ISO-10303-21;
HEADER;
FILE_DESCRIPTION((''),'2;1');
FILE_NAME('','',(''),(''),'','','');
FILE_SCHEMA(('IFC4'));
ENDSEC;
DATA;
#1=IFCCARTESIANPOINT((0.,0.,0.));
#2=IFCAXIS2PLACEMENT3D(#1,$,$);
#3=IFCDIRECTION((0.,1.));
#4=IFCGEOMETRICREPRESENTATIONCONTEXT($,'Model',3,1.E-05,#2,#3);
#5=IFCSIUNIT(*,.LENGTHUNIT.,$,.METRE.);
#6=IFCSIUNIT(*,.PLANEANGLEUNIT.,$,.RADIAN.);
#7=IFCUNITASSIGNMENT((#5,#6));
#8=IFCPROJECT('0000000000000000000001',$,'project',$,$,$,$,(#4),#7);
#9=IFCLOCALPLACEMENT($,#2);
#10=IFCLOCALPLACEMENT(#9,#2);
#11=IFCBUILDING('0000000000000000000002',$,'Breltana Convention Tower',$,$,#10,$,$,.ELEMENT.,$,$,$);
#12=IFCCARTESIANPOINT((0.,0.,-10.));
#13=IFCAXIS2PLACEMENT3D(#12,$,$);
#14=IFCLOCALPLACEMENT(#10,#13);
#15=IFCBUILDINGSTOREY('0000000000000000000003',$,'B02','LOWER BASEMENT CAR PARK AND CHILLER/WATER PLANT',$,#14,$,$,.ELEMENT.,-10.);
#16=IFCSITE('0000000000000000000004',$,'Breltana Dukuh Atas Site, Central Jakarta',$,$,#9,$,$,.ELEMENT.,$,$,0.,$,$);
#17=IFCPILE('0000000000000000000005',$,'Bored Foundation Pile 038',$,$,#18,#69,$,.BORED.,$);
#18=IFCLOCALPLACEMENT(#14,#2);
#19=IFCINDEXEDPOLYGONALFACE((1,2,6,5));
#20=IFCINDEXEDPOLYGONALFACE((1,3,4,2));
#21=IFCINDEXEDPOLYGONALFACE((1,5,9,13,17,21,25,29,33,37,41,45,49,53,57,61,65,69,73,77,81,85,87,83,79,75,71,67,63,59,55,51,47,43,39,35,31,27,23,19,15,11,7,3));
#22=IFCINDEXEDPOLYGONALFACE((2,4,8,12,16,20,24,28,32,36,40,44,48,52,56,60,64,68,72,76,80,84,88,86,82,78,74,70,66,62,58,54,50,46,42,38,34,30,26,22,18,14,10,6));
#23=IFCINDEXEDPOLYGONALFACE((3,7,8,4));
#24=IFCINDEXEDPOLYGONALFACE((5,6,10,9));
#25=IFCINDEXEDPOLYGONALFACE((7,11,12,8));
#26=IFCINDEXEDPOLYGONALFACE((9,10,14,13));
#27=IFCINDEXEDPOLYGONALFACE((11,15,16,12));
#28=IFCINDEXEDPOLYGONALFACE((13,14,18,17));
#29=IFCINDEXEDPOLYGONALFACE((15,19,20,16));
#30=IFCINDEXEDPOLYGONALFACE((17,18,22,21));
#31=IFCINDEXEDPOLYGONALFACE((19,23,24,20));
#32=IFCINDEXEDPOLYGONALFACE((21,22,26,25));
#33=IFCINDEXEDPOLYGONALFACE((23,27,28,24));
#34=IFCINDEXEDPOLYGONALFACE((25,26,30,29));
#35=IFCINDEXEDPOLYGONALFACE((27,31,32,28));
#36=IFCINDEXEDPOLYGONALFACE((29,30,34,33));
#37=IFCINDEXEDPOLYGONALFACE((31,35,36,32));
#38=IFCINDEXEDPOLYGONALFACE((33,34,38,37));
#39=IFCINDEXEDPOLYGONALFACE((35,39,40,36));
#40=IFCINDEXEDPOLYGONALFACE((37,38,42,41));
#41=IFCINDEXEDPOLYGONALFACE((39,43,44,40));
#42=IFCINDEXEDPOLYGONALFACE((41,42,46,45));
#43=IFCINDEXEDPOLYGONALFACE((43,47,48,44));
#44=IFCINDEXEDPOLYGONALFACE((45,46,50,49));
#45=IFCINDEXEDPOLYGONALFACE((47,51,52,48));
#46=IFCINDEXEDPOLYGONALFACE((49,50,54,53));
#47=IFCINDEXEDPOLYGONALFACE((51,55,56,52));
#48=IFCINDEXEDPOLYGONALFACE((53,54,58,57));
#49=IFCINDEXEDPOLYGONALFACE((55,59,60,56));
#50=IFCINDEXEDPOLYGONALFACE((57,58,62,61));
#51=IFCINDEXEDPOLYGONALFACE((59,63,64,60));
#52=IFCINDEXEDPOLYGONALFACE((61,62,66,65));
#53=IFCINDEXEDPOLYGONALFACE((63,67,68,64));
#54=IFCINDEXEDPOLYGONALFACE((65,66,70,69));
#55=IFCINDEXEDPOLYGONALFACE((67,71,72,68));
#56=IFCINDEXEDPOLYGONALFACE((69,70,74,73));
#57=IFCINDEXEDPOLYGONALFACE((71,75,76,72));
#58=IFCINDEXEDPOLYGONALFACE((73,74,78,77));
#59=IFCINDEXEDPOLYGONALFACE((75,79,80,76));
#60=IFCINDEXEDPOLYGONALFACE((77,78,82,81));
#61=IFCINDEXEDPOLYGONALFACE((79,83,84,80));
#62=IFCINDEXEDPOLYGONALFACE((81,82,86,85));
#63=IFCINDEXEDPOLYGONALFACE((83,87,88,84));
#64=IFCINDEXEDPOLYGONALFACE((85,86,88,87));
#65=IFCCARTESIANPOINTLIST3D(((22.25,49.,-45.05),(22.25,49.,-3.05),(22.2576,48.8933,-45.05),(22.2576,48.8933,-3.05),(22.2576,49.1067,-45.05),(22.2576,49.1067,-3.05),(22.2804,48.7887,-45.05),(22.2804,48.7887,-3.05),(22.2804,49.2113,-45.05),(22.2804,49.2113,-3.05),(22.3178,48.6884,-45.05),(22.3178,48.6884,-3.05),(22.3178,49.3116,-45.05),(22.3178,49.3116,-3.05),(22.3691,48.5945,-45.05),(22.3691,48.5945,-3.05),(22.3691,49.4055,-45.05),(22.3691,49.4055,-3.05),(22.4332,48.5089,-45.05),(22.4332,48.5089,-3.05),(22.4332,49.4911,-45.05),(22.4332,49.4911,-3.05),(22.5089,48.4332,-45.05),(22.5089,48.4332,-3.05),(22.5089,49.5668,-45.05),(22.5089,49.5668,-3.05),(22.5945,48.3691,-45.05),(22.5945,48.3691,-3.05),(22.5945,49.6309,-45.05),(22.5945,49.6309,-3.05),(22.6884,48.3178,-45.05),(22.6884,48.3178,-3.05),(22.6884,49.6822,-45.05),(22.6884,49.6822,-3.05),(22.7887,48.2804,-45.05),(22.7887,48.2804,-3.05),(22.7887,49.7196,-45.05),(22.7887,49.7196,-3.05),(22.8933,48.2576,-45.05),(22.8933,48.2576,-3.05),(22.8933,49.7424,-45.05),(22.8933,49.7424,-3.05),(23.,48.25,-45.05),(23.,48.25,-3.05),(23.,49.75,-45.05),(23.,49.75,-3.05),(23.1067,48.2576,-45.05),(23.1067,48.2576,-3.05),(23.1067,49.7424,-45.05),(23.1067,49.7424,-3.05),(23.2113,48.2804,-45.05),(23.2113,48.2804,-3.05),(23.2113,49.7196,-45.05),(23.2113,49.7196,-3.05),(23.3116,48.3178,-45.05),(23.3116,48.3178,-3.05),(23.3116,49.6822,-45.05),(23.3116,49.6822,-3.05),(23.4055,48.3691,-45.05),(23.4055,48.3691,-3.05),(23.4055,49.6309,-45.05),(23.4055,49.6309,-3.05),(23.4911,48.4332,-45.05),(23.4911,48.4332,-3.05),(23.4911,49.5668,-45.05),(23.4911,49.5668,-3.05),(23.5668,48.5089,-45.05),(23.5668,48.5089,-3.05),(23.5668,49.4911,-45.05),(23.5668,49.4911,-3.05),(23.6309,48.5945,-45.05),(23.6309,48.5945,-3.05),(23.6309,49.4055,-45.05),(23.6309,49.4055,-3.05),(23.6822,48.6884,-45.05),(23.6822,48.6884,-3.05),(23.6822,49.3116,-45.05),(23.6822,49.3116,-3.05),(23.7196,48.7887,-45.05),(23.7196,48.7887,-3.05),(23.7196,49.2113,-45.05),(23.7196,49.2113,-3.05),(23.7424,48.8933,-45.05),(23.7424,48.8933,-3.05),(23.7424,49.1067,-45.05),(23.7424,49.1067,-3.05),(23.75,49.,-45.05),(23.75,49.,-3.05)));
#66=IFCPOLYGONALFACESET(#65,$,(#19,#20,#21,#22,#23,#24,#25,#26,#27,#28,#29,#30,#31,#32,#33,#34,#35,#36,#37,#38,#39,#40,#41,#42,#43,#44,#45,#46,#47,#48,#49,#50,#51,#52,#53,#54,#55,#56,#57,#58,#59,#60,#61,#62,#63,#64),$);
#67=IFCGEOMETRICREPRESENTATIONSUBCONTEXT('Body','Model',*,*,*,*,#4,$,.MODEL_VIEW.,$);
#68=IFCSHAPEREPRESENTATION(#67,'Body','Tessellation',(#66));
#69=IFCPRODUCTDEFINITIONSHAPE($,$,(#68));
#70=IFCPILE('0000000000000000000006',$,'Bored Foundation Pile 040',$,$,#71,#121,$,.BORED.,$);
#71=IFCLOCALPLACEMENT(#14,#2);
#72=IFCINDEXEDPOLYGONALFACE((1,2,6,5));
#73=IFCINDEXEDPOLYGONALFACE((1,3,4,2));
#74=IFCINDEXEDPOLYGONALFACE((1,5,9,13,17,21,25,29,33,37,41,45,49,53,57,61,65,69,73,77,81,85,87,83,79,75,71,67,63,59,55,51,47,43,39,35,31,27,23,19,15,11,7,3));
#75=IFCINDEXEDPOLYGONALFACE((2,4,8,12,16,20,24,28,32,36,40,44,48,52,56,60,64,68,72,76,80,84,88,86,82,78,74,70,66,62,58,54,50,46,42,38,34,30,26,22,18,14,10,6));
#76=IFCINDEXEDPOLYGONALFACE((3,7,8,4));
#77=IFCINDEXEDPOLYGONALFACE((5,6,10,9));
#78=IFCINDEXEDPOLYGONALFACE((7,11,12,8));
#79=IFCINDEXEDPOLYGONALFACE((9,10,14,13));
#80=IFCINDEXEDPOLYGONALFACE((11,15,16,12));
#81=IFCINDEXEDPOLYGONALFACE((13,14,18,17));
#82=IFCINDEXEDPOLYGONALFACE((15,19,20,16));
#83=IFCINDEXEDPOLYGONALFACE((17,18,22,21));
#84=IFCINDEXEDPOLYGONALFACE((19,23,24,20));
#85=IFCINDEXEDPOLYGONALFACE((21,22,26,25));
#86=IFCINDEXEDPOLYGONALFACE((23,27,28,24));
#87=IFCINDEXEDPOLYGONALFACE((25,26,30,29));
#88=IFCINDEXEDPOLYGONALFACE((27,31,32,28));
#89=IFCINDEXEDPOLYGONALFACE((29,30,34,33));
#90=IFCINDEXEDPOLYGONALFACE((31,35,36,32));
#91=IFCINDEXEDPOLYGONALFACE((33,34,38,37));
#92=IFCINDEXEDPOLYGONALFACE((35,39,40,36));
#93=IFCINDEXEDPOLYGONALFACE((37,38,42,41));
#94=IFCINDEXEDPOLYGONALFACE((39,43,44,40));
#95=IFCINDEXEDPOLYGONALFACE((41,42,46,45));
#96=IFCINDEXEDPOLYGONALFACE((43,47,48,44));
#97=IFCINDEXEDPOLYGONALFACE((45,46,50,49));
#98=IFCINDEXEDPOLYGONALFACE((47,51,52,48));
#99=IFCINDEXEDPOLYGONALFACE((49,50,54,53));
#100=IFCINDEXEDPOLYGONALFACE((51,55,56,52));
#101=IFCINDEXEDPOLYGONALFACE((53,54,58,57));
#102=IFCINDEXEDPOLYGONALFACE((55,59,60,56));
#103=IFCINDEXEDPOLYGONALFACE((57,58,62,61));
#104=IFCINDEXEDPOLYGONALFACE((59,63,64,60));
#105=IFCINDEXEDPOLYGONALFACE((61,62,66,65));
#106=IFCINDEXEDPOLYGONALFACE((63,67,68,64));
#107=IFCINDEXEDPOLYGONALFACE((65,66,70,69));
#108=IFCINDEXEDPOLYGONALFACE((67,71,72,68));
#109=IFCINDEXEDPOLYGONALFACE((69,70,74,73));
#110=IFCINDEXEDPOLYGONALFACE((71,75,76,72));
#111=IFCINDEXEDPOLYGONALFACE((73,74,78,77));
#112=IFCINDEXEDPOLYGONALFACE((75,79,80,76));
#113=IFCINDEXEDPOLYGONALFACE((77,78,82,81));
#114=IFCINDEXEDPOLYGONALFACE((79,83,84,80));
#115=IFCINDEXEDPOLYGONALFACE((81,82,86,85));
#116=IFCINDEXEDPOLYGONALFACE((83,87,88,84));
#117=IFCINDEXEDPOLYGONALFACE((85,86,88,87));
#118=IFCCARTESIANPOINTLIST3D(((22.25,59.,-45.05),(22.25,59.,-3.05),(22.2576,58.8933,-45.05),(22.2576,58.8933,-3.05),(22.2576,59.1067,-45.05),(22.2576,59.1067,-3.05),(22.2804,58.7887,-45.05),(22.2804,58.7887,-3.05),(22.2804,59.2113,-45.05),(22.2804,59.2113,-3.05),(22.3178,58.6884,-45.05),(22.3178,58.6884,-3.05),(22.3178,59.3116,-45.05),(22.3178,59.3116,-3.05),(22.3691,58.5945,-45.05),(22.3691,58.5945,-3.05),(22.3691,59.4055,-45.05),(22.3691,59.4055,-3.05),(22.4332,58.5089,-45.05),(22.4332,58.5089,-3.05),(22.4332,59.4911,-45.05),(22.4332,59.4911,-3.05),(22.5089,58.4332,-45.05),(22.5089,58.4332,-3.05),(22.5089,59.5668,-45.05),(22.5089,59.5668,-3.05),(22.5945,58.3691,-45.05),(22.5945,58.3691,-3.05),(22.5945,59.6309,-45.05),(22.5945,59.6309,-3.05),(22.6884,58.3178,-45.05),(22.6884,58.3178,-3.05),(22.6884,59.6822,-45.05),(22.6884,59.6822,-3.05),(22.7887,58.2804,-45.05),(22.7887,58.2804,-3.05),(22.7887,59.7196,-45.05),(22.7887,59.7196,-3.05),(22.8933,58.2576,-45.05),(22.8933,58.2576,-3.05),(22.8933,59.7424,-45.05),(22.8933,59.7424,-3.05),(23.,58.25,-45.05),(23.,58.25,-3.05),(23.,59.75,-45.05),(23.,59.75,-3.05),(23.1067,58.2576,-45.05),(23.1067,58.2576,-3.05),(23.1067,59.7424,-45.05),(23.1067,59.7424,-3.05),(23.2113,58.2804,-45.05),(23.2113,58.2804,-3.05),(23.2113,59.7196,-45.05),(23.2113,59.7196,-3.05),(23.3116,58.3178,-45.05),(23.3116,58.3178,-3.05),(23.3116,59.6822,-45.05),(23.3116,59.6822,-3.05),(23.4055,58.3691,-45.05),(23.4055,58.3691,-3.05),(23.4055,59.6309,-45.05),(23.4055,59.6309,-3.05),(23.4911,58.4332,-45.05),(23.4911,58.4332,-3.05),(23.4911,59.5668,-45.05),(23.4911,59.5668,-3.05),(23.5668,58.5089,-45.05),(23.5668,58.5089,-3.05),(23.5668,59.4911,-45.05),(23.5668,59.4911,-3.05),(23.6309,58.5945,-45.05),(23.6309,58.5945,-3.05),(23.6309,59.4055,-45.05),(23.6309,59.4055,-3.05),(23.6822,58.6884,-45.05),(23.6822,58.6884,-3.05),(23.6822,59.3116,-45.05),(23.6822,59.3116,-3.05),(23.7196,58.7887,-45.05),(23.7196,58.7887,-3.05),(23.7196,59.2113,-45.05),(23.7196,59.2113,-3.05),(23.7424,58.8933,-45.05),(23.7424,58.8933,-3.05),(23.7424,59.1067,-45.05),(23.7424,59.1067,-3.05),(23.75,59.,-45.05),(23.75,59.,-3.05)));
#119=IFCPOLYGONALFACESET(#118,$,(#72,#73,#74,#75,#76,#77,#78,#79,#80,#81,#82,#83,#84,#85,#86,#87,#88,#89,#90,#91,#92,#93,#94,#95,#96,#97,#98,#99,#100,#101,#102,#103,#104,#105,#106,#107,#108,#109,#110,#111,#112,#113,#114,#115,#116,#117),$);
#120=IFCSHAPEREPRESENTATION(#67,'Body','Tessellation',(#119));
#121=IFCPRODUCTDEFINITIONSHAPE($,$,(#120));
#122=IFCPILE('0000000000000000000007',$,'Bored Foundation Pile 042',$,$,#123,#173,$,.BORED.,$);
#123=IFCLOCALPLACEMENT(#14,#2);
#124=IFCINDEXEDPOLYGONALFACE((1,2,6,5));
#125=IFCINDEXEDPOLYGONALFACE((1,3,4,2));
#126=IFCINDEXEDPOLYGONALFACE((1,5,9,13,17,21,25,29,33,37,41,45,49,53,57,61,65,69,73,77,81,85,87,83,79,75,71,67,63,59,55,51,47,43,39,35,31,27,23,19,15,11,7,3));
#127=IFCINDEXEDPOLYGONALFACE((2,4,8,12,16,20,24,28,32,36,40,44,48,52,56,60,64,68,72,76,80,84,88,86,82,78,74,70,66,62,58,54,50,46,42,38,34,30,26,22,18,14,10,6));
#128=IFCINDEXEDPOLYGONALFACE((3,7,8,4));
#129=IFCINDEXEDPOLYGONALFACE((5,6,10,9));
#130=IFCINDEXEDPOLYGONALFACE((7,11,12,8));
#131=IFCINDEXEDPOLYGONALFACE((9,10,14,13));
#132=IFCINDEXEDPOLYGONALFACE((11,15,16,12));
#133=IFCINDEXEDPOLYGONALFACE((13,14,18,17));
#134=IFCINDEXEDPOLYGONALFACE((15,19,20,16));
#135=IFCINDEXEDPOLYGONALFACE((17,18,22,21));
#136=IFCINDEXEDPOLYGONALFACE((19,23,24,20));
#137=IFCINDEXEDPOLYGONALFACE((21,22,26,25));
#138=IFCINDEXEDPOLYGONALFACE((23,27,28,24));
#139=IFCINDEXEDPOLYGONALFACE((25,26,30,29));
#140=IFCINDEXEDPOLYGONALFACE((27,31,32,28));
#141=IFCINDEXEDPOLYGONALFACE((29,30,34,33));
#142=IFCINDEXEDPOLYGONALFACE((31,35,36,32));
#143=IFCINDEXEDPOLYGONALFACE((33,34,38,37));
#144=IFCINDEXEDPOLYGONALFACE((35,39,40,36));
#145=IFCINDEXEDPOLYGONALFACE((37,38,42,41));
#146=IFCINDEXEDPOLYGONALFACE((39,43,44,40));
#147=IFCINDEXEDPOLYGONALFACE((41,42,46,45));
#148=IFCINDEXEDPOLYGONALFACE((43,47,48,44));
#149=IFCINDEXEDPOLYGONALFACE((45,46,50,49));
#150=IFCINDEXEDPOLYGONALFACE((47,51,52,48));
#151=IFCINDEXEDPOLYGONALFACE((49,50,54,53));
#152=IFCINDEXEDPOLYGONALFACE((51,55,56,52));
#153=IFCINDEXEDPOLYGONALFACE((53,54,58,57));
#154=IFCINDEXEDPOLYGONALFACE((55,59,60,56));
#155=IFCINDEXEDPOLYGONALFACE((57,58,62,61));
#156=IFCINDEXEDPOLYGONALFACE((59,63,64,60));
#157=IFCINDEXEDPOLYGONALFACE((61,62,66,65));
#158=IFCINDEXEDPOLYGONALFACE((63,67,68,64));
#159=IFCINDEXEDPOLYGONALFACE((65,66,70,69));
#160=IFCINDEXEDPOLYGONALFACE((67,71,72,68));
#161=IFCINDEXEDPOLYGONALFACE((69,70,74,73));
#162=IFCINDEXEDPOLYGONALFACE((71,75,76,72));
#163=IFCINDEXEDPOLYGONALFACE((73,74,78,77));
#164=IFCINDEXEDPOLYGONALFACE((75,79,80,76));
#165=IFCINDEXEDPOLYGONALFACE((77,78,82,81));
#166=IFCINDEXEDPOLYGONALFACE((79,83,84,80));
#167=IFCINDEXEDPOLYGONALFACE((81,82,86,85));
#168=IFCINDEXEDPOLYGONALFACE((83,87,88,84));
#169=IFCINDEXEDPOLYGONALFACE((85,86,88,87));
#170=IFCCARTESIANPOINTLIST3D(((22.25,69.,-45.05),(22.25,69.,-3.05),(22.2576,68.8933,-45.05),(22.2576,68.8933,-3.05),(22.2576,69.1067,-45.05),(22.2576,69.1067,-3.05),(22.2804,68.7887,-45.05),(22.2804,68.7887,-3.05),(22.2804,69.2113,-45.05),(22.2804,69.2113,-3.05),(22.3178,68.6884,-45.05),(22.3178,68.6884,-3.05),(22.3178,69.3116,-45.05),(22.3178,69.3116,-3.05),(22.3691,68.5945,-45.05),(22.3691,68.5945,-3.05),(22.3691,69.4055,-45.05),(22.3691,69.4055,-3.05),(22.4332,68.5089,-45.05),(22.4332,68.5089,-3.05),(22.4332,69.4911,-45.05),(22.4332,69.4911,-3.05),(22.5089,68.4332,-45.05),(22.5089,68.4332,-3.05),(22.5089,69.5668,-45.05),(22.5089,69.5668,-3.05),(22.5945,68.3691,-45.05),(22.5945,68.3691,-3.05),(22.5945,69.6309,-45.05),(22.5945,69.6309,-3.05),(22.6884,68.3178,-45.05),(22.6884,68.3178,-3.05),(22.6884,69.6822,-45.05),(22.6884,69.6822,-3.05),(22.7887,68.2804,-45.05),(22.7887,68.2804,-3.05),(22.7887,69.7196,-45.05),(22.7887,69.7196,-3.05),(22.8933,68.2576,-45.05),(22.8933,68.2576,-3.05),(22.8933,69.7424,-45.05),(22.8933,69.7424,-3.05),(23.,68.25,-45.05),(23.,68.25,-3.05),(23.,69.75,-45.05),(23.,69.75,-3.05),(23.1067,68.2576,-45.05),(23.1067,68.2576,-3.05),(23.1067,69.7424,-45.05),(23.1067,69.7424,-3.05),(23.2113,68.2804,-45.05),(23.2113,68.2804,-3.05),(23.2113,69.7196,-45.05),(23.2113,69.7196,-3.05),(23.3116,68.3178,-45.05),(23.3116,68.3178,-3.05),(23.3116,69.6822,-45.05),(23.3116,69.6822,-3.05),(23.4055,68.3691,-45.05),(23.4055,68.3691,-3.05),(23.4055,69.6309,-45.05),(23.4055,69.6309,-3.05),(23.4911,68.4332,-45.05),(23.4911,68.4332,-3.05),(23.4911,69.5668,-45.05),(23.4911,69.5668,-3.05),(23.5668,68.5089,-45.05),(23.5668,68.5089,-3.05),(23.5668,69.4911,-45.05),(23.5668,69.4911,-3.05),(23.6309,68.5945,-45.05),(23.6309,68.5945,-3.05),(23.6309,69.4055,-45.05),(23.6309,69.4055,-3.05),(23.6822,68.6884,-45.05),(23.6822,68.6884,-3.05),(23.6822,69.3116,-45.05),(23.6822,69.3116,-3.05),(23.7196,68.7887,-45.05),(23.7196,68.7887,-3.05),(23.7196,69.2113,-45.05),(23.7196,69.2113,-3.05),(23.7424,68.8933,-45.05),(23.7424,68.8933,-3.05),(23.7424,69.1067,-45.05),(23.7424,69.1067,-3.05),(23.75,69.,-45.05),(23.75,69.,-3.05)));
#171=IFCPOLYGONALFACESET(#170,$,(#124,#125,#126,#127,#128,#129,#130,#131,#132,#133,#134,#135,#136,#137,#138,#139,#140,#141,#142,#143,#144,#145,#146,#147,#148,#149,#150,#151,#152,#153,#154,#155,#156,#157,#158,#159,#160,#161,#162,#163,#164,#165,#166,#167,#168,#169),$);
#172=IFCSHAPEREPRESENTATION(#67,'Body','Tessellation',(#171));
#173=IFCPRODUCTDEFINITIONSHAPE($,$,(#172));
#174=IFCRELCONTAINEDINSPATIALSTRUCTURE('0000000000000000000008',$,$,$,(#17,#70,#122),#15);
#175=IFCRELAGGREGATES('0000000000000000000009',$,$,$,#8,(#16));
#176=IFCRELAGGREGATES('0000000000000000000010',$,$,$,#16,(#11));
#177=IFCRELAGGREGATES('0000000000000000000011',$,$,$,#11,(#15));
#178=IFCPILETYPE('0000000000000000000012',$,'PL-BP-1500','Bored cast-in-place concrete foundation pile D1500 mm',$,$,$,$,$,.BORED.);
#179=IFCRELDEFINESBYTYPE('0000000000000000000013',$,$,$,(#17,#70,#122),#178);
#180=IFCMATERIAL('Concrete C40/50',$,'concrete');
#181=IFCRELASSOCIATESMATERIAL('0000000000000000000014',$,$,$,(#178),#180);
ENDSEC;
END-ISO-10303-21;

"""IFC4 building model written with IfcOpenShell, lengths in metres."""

from ifc_helpers import new_model, si_unit, direction, frame, origin, origin_2d, place, context, subcontext, project, spatial, circle, extrude, source, transform, mapped, material, material_profile, profile_set, type_object, type_shapes, element, save


model = new_model("IFC4")

# Units and contexts
model_context = context("Model", 3, precision=1e-05, world=origin(), true_north=direction((0.0, 1.0)))
body_context = subcontext(model_context, "Body", "Model", "MODEL_VIEW")
ifc_project = project(units=[si_unit("LENGTHUNIT", "METRE"), si_unit("PLANEANGLEUNIT", "RADIAN")], contexts=[model_context])

# Site, building, storey
site_placement = place(None, origin())
site = spatial("IfcSite", under=ifc_project, at=site_placement, Name="Breltana Dukuh Atas Site, Central Jakarta", CompositionType="ELEMENT", RefElevation=0.0)
building_placement = place(site_placement, origin())
building = spatial("IfcBuilding", under=site, at=building_placement, Name="Breltana Convention Tower", CompositionType="ELEMENT")
storey_placement = place(building_placement, frame((0.0, 0.0, -10.0)))
storey = spatial("IfcBuildingStorey", under=building, at=storey_placement, Name="B02", Description="LOWER BASEMENT CAR PARK AND CHILLER/WATER PLANT", CompositionType="ELEMENT", Elevation=-10.0)

# Piles
ifc_material_1 = material(Name="Concrete C40/50", Category="concrete")
ifc_material_profile_1 = material_profile(ifc_material_1, circle(Radius=0.75, at=origin_2d()), Name="BP-D1500")
ifc_profile_set_1 = profile_set([ifc_material_profile_1], Name="Concrete C40/50")
pile_type_1 = type_object("IfcPileType", Name="PL-BP-1500", Description="Bored cast-in-place concrete foundation pile D1500 mm", PredefinedType="BORED", material=ifc_profile_set_1)
shared_shape_1 = source(origin(), body_context, "Body", "SweptSolid", [
    extrude(circle(Radius=0.75, at=origin_2d()), origin(), (0.0, 0.0, 1.0), 42.0),
])
type_shapes(pile_type_1, [shared_shape_1])
for number, where, z_axis, x_axis, name in (
    (1, (23.0, 49.0, -3.05), (0.0, 0.0, -1.0), (1.0, 0.0, 0.0), "Bored Foundation Pile 038"),
    (2, (23.0, 59.0, -3.05), (0.0, 0.0, -1.0), (1.0, 0.0, 0.0), "Bored Foundation Pile 040"),
    (3, (23.0, 69.0, -3.05), (0.0, 0.0, -1.0), (1.0, 0.0, 0.0), "Bored Foundation Pile 042"),
):
    element("IfcPile", number, at=place(storey_placement, frame(where, z_axis=z_axis, x_axis=x_axis)), inside=storey, type_object=pile_type_1, Name=name, PredefinedType="BORED", context=body_context, shape_type="MappedRepresentation", body=[
        mapped(shared_shape_1, transform((0.0, 0.0, 0.0), scale=1.0)),
    ])

save(model, "model.ifc")
